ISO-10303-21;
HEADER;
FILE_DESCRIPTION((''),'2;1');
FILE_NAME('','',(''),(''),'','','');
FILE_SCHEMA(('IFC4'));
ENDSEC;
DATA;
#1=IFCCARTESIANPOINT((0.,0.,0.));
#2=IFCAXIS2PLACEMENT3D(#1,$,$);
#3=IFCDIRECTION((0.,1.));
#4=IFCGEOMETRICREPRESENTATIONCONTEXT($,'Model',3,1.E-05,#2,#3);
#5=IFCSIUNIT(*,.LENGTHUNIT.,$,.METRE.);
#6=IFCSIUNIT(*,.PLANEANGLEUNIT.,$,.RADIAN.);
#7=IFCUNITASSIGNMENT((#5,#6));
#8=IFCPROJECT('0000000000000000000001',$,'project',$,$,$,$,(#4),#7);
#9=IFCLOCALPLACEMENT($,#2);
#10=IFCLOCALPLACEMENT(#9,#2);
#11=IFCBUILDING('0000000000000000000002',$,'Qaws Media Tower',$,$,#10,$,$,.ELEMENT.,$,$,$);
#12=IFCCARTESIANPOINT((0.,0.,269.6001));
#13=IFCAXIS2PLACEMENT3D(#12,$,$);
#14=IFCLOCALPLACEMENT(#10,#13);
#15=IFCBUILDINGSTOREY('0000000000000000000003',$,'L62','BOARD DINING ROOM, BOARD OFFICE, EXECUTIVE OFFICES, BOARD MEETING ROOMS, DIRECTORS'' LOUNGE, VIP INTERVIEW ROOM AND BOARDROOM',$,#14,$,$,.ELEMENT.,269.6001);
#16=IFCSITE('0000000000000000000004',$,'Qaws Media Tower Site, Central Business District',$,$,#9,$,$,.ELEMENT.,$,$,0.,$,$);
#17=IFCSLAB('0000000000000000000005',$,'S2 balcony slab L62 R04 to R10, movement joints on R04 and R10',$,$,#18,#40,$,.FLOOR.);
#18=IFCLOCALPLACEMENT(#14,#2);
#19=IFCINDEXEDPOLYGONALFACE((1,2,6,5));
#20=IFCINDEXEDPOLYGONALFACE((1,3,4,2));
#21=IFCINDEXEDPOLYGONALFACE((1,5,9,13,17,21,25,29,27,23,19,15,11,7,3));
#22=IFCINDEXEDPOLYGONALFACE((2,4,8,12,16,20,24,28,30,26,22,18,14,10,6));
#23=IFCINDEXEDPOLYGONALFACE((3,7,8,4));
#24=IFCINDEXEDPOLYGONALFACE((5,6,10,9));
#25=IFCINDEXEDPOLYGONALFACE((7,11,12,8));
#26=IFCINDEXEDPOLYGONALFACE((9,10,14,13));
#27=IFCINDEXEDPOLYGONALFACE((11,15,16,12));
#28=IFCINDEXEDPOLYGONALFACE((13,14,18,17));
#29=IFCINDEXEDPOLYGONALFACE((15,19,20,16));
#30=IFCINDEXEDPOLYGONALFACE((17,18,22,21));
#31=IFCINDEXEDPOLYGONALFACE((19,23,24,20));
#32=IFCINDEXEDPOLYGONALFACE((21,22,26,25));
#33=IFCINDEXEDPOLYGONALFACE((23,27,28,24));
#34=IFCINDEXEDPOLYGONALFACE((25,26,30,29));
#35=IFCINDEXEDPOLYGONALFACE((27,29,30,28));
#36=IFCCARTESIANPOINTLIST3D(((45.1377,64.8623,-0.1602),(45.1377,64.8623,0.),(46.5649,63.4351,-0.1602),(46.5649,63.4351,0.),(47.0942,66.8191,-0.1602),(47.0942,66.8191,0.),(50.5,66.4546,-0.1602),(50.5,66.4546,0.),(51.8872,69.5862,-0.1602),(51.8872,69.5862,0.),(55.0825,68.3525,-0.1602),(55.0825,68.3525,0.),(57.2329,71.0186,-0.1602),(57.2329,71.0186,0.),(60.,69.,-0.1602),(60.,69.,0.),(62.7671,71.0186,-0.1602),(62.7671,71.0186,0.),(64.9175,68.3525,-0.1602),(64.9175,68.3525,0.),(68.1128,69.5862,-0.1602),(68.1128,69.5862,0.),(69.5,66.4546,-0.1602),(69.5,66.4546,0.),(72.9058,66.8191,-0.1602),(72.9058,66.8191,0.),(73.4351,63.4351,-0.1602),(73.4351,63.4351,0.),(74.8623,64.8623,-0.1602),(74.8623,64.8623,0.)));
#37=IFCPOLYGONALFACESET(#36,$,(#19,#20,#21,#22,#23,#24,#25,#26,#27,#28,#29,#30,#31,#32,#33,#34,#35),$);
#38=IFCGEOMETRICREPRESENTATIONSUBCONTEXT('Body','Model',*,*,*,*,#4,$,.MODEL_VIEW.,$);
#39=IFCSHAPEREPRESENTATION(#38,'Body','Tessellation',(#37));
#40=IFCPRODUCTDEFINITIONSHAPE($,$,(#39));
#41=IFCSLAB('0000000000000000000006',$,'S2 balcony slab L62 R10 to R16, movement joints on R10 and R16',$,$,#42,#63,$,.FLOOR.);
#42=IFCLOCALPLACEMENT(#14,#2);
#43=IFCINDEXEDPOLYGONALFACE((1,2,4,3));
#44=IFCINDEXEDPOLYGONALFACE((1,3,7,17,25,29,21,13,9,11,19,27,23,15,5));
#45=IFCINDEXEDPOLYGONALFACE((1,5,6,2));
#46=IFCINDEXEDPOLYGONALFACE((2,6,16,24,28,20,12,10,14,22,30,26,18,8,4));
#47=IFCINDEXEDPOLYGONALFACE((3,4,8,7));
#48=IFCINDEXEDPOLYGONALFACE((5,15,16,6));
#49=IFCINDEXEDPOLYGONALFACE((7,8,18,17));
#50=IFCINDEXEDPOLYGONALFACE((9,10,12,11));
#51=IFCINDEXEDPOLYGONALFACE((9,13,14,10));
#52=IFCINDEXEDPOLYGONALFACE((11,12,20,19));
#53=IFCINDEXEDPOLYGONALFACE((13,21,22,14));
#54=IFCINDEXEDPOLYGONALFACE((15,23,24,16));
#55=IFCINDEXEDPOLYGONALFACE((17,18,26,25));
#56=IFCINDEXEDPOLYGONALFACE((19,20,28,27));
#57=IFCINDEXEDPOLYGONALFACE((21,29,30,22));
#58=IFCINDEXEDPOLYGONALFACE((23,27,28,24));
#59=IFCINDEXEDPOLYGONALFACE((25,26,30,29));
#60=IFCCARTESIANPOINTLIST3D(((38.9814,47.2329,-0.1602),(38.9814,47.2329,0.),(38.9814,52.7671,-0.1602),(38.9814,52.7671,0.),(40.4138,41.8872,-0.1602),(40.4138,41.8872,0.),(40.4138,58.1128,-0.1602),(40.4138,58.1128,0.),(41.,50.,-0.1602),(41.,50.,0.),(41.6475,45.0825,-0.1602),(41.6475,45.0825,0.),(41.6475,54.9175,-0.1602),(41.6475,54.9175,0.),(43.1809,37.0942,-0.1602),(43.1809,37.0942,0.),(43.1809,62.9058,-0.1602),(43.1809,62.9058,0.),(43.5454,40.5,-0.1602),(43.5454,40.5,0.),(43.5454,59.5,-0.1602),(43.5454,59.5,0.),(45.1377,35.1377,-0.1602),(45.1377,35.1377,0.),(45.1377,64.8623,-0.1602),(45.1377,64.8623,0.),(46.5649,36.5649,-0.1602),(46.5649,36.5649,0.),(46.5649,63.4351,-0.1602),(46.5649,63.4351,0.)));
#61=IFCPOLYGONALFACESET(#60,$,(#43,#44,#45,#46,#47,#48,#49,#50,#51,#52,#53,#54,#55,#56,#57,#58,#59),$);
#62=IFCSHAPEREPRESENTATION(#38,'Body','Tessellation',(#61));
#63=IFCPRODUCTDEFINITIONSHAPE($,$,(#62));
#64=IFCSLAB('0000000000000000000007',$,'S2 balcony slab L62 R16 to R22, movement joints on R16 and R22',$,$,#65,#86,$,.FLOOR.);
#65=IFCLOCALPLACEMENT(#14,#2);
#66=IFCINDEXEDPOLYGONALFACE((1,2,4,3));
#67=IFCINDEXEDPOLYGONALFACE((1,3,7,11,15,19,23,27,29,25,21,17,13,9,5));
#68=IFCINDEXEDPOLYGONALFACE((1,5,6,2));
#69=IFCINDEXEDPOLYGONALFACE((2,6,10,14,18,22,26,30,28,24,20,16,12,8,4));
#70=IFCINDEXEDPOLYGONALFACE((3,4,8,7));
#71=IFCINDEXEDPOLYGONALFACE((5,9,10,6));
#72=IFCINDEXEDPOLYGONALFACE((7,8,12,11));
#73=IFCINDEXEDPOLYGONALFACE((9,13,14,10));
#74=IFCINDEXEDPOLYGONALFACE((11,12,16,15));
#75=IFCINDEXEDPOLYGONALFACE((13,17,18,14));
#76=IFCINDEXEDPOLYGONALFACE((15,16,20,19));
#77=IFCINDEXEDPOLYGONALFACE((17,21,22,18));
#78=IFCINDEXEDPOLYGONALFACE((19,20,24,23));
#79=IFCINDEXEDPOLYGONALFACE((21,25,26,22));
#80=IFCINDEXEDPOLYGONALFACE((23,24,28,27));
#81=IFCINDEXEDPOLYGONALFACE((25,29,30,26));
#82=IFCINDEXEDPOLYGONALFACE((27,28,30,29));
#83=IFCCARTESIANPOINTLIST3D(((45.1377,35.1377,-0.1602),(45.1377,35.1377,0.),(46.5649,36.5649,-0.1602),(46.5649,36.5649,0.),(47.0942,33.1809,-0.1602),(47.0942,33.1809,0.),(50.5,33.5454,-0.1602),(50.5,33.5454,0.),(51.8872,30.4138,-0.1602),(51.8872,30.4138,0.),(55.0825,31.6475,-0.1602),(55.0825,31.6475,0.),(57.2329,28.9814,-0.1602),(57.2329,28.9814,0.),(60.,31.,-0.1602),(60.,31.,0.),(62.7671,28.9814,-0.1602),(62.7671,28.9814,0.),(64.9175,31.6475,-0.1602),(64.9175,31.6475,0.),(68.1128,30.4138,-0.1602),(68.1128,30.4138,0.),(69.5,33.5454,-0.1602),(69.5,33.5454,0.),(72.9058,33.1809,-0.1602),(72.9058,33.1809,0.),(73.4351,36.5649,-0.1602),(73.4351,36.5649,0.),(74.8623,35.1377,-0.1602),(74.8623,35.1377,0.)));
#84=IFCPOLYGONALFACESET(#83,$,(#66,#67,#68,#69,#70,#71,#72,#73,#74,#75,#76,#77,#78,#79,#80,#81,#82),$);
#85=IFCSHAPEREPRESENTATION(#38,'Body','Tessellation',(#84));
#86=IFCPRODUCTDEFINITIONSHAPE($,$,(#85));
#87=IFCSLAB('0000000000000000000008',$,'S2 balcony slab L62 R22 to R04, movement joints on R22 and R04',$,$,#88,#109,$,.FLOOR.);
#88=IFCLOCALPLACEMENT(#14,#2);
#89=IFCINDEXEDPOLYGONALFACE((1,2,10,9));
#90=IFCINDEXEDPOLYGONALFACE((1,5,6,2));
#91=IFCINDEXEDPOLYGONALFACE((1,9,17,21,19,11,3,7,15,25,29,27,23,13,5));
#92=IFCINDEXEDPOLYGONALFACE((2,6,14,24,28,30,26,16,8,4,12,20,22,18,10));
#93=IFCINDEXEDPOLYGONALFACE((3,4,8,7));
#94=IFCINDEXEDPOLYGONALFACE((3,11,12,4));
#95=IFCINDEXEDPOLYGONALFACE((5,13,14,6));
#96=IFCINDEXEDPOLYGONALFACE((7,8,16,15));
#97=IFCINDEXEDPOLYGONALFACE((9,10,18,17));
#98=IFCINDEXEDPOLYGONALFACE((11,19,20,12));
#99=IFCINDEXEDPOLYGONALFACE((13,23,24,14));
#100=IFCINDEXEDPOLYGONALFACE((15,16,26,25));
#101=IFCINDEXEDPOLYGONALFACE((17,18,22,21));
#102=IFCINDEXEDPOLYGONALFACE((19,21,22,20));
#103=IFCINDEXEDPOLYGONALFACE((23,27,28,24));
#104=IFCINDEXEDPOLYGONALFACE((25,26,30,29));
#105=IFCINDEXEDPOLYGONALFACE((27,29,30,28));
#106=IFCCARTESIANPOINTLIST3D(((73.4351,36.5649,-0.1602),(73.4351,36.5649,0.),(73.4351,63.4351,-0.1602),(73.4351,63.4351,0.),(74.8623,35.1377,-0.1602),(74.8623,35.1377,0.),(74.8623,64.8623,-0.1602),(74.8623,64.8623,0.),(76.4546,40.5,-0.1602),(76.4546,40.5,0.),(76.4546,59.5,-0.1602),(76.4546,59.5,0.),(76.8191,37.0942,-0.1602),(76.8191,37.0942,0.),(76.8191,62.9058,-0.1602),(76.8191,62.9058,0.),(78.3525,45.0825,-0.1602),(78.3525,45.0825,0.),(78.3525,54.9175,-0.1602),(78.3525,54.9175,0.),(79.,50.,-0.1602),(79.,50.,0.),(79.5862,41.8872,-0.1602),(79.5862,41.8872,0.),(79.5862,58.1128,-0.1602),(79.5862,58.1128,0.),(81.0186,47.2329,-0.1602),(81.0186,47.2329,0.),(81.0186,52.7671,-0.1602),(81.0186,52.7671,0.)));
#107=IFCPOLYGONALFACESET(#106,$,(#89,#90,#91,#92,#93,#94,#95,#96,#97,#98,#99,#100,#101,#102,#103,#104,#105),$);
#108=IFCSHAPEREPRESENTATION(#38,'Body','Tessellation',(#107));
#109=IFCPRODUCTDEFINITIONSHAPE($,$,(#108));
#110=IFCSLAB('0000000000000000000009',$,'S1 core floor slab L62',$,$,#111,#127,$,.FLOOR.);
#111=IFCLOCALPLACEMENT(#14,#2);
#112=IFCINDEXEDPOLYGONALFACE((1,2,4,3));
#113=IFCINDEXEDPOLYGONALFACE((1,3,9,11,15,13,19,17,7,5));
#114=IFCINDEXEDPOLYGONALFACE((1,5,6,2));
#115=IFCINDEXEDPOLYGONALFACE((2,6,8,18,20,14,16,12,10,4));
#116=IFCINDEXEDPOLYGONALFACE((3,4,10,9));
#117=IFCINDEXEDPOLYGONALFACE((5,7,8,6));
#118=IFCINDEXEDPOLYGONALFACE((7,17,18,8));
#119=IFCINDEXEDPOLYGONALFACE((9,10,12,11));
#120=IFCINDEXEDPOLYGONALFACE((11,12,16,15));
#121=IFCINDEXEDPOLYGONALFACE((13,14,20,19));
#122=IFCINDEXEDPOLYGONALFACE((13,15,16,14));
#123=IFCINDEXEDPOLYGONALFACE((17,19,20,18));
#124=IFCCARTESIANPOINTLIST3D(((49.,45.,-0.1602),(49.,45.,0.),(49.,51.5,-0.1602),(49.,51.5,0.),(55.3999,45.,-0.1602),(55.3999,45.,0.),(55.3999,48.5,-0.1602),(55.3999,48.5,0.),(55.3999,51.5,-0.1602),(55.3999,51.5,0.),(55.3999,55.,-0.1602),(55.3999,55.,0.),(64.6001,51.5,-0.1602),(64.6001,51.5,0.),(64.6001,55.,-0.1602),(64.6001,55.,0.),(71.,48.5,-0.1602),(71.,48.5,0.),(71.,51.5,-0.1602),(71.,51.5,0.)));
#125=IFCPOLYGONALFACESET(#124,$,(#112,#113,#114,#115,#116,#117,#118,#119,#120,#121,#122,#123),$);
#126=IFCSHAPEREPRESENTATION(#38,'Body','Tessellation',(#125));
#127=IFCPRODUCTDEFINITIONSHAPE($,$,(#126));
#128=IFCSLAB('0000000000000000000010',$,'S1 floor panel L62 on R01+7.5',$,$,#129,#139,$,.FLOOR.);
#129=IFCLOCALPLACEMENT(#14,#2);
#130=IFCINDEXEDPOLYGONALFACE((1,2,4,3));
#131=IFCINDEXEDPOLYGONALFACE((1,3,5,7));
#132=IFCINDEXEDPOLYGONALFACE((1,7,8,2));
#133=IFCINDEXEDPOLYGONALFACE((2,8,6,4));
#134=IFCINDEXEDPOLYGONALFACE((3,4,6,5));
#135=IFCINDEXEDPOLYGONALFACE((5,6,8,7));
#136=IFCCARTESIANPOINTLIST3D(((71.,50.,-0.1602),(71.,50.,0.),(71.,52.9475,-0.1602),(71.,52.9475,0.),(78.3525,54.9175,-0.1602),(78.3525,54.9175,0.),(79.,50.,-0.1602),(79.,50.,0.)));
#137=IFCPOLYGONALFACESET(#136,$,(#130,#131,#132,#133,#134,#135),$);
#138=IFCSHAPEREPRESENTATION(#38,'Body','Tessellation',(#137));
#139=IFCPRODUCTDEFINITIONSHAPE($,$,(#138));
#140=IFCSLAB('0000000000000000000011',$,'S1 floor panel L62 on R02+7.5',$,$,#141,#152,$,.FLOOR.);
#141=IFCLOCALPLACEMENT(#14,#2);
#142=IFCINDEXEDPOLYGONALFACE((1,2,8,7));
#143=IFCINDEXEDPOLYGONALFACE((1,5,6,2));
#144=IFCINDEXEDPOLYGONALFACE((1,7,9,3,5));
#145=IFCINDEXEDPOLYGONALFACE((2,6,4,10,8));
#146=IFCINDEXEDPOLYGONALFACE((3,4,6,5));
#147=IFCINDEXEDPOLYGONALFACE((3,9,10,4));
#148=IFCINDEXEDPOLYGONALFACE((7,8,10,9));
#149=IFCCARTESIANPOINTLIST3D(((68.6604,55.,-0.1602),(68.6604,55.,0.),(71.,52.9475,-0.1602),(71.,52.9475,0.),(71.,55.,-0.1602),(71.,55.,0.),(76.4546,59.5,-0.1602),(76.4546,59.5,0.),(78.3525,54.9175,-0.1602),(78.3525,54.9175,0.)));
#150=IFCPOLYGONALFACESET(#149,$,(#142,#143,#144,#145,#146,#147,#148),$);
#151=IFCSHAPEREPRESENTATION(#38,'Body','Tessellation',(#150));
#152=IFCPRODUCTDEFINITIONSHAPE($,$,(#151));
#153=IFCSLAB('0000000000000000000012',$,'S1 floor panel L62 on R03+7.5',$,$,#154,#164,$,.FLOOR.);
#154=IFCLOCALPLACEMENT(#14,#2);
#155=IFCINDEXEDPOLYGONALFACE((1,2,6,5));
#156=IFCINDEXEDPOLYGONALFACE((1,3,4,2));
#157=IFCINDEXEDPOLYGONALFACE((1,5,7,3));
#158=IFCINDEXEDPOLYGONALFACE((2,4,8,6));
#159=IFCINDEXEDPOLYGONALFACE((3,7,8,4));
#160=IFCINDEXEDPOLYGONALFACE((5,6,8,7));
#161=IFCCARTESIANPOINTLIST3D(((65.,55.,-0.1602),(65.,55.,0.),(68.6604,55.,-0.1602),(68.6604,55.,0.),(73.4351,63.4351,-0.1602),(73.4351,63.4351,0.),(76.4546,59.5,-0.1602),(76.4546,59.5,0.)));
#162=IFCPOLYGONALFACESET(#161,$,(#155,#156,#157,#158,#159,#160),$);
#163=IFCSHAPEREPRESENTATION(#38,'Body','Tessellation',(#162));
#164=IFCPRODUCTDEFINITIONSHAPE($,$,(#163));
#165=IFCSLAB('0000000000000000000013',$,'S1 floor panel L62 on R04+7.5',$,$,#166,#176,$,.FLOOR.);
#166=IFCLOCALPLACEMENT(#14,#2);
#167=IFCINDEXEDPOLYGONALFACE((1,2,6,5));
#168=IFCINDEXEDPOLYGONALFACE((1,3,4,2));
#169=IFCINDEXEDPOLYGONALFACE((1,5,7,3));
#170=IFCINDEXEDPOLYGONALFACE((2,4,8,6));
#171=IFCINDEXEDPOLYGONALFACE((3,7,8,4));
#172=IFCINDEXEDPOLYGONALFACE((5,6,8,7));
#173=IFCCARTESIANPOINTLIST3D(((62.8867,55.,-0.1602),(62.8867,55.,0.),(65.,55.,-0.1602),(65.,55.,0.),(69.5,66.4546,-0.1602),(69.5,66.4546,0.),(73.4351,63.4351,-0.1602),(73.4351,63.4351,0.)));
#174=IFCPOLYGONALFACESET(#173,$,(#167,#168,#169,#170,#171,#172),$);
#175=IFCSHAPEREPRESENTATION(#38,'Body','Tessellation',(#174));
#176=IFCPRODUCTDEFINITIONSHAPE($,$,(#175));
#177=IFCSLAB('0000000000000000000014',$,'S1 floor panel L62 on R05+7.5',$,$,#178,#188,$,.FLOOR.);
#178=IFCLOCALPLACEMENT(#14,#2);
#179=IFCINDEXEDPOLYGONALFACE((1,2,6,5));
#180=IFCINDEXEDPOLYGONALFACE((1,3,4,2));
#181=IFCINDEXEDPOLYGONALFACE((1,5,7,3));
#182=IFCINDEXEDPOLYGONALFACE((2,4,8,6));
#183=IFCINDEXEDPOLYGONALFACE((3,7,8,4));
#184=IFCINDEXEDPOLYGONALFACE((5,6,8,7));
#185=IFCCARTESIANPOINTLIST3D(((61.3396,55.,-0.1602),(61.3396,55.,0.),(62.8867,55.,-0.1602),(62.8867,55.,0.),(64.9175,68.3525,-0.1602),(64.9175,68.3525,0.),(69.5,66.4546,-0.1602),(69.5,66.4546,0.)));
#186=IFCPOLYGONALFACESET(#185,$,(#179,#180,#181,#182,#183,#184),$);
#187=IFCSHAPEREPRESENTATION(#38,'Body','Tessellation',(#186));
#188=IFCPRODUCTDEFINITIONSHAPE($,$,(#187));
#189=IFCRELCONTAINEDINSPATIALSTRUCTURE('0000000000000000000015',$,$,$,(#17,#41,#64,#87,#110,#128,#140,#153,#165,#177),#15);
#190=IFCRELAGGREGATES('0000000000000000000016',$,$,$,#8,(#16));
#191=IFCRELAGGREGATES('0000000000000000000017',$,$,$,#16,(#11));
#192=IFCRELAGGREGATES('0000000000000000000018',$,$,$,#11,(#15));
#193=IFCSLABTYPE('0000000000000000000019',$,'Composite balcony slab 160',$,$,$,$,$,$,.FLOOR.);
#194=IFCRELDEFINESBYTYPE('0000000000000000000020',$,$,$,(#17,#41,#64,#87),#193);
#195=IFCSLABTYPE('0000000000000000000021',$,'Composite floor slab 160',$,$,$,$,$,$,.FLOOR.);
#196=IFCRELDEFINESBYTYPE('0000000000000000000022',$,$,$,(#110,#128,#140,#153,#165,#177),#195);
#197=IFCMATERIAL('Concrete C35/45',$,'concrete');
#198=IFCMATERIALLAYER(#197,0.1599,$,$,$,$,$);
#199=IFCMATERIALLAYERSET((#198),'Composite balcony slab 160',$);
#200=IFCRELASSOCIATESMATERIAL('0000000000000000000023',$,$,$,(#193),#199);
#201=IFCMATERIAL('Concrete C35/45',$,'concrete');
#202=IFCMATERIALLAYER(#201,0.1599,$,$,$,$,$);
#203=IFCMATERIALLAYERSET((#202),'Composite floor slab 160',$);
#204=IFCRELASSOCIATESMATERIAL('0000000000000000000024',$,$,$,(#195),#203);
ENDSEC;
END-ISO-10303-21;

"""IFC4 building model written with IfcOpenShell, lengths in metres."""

from ifc_helpers import new_model, si_unit, direction, frame, origin, place, context, subcontext, project, spatial, polyline, outline, extrude, material, layer, layer_set, type_object, element, save


model = new_model("IFC4")

# Units and contexts
model_context = context("Model", 3, precision=1e-05, world=origin(), true_north=direction((0.0, 1.0)))
body_context = subcontext(model_context, "Body", "Model", "MODEL_VIEW")
ifc_project = project(units=[si_unit("LENGTHUNIT", "METRE"), si_unit("PLANEANGLEUNIT", "RADIAN")], contexts=[model_context])

# Site, building, storey
site_placement = place(None, origin())
site = spatial("IfcSite", under=ifc_project, at=site_placement, Name="Qaws Media Tower Site, Central Business District", CompositionType="ELEMENT", RefElevation=0.0)
building_placement = place(site_placement, origin())
building = spatial("IfcBuilding", under=site, at=building_placement, Name="Qaws Media Tower", CompositionType="ELEMENT")
storey_placement = place(building_placement, frame((0.0, 0.0, 269.6001)))
storey = spatial("IfcBuildingStorey", under=building, at=storey_placement, Name="L62", Description="BOARD DINING ROOM, BOARD OFFICE, EXECUTIVE OFFICES, BOARD MEETING ROOMS, DIRECTORS' LOUNGE, VIP INTERVIEW ROOM AND BOARDROOM", CompositionType="ELEMENT", Elevation=269.6001)

# Slabs
ifc_material_1 = material(Name="Concrete C35/45", Category="concrete")
ifc_layer_1 = layer(ifc_material_1, 0.1599)
ifc_layer_set_1 = layer_set([ifc_layer_1], Name="Composite balcony slab 160")
slab_type_1 = type_object("IfcSlabType", Name="Composite balcony slab 160", PredefinedType="FLOOR", material=ifc_layer_set_1)
slab_1_placement = place(storey_placement, frame((0.0, 0.0, -0.1602)))
element("IfcSlab", 1, at=slab_1_placement, inside=storey, type_object=slab_type_1, Name="S2 balcony slab L62 R04 to R10, movement joints on R04 and R10", PredefinedType="FLOOR", context=body_context, shape_type="SweptSolid", body=[
    extrude(outline(polyline([(47.0942, 66.8191), (51.8872, 69.5862), (57.2329, 71.0186), (62.7671, 71.0186), (68.1128, 69.5862), (72.9058, 66.8191), (74.8623, 64.8623), (73.4351, 63.4351), (69.5, 66.4546), (64.9175, 68.3525), (60.0, 69.0), (55.0825, 68.3525), (50.5, 66.4546), (46.5649, 63.4351), (45.1377, 64.8623), (47.0942, 66.8191)])), origin(), (0.0, 0.0, 1.0), 0.1602),
])
slab_2_placement = place(storey_placement, frame((0.0, 0.0, -0.1602)))
element("IfcSlab", 2, at=slab_2_placement, inside=storey, type_object=slab_type_1, Name="S2 balcony slab L62 R10 to R16, movement joints on R10 and R16", PredefinedType="FLOOR", context=body_context, shape_type="SweptSolid", body=[
    extrude(outline(polyline([(43.1809, 37.0942), (40.4138, 41.8872), (38.9814, 47.2329), (38.9814, 52.7671), (40.4138, 58.1128), (43.1809, 62.9058), (45.1377, 64.8623), (46.5649, 63.4351), (43.5454, 59.5), (41.6475, 54.9175), (41.0, 50.0), (41.6475, 45.0825), (43.5454, 40.5), (46.5649, 36.5649), (45.1377, 35.1377), (43.1809, 37.0942)])), origin(), (0.0, 0.0, 1.0), 0.1602),
])
slab_3_placement = place(storey_placement, frame((0.0, 0.0, -0.1602)))
element("IfcSlab", 3, at=slab_3_placement, inside=storey, type_object=slab_type_1, Name="S2 balcony slab L62 R16 to R22, movement joints on R16 and R22", PredefinedType="FLOOR", context=body_context, shape_type="SweptSolid", body=[
    extrude(outline(polyline([(72.9058, 33.1809), (68.1128, 30.4138), (62.7671, 28.9814), (57.2329, 28.9814), (51.8872, 30.4138), (47.0942, 33.1809), (45.1377, 35.1377), (46.5649, 36.5649), (50.5, 33.5454), (55.0825, 31.6475), (60.0, 31.0), (64.9175, 31.6475), (69.5, 33.5454), (73.4351, 36.5649), (74.8623, 35.1377), (72.9058, 33.1809)])), origin(), (0.0, 0.0, 1.0), 0.1602),
])
slab_4_placement = place(storey_placement, frame((0.0, 0.0, -0.1602)))
element("IfcSlab", 4, at=slab_4_placement, inside=storey, type_object=slab_type_1, Name="S2 balcony slab L62 R22 to R04, movement joints on R22 and R04", PredefinedType="FLOOR", context=body_context, shape_type="SweptSolid", body=[
    extrude(outline(polyline([(79.5862, 41.8872), (76.8191, 37.0942), (74.8623, 35.1377), (73.4351, 36.5649), (76.4546, 40.5), (78.3525, 45.0825), (79.0, 50.0), (78.3525, 54.9175), (76.4546, 59.5), (73.4351, 63.4351), (74.8623, 64.8623), (76.8191, 62.9058), (79.5862, 58.1128), (81.0186, 52.7671), (81.0186, 47.2329), (79.5862, 41.8872)])), origin(), (0.0, 0.0, 1.0), 0.1602),
])
ifc_material_2 = material(Name="Concrete C35/45", Category="concrete")
ifc_layer_2 = layer(ifc_material_2, 0.1599)
ifc_layer_set_2 = layer_set([ifc_layer_2], Name="Composite floor slab 160")
slab_type_2 = type_object("IfcSlabType", Name="Composite floor slab 160", PredefinedType="FLOOR", material=ifc_layer_set_2)
slab_5_placement = place(storey_placement, frame((0.0, 0.0, -0.1602)))
element("IfcSlab", 5, at=slab_5_placement, inside=storey, type_object=slab_type_2, Name="S1 core floor slab L62", PredefinedType="FLOOR", context=body_context, shape_type="SweptSolid", body=[
    extrude(outline(polyline([(71.0, 51.5), (71.0, 48.5), (55.3999, 48.5), (55.3999, 45.0), (49.0, 45.0), (49.0, 51.5), (55.3999, 51.5), (55.3999, 55.0), (64.6001, 55.0), (64.6001, 51.5), (71.0, 51.5)])), origin(), (0.0, 0.0, 1.0), 0.1602),
])
slab_6_placement = place(storey_placement, frame((0.0, 0.0, -0.1602)))
element("IfcSlab", 6, at=slab_6_placement, inside=storey, type_object=slab_type_2, Name="S1 floor panel L62 on R01+7.5", PredefinedType="FLOOR", context=body_context, shape_type="SweptSolid", body=[
    extrude(outline(polyline([(78.3525, 54.9175), (79.0, 50.0), (71.0, 50.0), (71.0, 52.9475), (78.3525, 54.9175)])), origin(), (0.0, 0.0, 1.0), 0.1602),
])
slab_7_placement = place(storey_placement, frame((0.0, 0.0, -0.1602)))
element("IfcSlab", 7, at=slab_7_placement, inside=storey, type_object=slab_type_2, Name="S1 floor panel L62 on R02+7.5", PredefinedType="FLOOR", context=body_context, shape_type="SweptSolid", body=[
    extrude(outline(polyline([(76.4546, 59.5), (78.3525, 54.9175), (71.0, 52.9475), (71.0, 55.0), (68.6604, 55.0), (76.4546, 59.5)])), origin(), (0.0, 0.0, 1.0), 0.1602),
])
slab_8_placement = place(storey_placement, frame((0.0, 0.0, -0.1602)))
element("IfcSlab", 8, at=slab_8_placement, inside=storey, type_object=slab_type_2, Name="S1 floor panel L62 on R03+7.5", PredefinedType="FLOOR", context=body_context, shape_type="SweptSolid", body=[
    extrude(outline(polyline([(76.4546, 59.5), (68.6604, 55.0), (65.0, 55.0), (73.4351, 63.4351), (76.4546, 59.5)])), origin(), (0.0, 0.0, 1.0), 0.1602),
])
slab_9_placement = place(storey_placement, frame((0.0, 0.0, -0.1602)))
element("IfcSlab", 9, at=slab_9_placement, inside=storey, type_object=slab_type_2, Name="S1 floor panel L62 on R04+7.5", PredefinedType="FLOOR", context=body_context, shape_type="SweptSolid", body=[
    extrude(outline(polyline([(73.4351, 63.4351), (65.0, 55.0), (62.8867, 55.0), (69.5, 66.4546), (73.4351, 63.4351)])), origin(), (0.0, 0.0, 1.0), 0.1602),
])
slab_10_placement = place(storey_placement, frame((0.0, 0.0, -0.1602)))
element("IfcSlab", 10, at=slab_10_placement, inside=storey, type_object=slab_type_2, Name="S1 floor panel L62 on R05+7.5", PredefinedType="FLOOR", context=body_context, shape_type="SweptSolid", body=[
    extrude(outline(polyline([(69.5, 66.4546), (62.8867, 55.0), (61.3396, 55.0), (64.9175, 68.3525), (69.5, 66.4546)])), origin(), (0.0, 0.0, 1.0), 0.1602),
])

save(model, "model.ifc")
